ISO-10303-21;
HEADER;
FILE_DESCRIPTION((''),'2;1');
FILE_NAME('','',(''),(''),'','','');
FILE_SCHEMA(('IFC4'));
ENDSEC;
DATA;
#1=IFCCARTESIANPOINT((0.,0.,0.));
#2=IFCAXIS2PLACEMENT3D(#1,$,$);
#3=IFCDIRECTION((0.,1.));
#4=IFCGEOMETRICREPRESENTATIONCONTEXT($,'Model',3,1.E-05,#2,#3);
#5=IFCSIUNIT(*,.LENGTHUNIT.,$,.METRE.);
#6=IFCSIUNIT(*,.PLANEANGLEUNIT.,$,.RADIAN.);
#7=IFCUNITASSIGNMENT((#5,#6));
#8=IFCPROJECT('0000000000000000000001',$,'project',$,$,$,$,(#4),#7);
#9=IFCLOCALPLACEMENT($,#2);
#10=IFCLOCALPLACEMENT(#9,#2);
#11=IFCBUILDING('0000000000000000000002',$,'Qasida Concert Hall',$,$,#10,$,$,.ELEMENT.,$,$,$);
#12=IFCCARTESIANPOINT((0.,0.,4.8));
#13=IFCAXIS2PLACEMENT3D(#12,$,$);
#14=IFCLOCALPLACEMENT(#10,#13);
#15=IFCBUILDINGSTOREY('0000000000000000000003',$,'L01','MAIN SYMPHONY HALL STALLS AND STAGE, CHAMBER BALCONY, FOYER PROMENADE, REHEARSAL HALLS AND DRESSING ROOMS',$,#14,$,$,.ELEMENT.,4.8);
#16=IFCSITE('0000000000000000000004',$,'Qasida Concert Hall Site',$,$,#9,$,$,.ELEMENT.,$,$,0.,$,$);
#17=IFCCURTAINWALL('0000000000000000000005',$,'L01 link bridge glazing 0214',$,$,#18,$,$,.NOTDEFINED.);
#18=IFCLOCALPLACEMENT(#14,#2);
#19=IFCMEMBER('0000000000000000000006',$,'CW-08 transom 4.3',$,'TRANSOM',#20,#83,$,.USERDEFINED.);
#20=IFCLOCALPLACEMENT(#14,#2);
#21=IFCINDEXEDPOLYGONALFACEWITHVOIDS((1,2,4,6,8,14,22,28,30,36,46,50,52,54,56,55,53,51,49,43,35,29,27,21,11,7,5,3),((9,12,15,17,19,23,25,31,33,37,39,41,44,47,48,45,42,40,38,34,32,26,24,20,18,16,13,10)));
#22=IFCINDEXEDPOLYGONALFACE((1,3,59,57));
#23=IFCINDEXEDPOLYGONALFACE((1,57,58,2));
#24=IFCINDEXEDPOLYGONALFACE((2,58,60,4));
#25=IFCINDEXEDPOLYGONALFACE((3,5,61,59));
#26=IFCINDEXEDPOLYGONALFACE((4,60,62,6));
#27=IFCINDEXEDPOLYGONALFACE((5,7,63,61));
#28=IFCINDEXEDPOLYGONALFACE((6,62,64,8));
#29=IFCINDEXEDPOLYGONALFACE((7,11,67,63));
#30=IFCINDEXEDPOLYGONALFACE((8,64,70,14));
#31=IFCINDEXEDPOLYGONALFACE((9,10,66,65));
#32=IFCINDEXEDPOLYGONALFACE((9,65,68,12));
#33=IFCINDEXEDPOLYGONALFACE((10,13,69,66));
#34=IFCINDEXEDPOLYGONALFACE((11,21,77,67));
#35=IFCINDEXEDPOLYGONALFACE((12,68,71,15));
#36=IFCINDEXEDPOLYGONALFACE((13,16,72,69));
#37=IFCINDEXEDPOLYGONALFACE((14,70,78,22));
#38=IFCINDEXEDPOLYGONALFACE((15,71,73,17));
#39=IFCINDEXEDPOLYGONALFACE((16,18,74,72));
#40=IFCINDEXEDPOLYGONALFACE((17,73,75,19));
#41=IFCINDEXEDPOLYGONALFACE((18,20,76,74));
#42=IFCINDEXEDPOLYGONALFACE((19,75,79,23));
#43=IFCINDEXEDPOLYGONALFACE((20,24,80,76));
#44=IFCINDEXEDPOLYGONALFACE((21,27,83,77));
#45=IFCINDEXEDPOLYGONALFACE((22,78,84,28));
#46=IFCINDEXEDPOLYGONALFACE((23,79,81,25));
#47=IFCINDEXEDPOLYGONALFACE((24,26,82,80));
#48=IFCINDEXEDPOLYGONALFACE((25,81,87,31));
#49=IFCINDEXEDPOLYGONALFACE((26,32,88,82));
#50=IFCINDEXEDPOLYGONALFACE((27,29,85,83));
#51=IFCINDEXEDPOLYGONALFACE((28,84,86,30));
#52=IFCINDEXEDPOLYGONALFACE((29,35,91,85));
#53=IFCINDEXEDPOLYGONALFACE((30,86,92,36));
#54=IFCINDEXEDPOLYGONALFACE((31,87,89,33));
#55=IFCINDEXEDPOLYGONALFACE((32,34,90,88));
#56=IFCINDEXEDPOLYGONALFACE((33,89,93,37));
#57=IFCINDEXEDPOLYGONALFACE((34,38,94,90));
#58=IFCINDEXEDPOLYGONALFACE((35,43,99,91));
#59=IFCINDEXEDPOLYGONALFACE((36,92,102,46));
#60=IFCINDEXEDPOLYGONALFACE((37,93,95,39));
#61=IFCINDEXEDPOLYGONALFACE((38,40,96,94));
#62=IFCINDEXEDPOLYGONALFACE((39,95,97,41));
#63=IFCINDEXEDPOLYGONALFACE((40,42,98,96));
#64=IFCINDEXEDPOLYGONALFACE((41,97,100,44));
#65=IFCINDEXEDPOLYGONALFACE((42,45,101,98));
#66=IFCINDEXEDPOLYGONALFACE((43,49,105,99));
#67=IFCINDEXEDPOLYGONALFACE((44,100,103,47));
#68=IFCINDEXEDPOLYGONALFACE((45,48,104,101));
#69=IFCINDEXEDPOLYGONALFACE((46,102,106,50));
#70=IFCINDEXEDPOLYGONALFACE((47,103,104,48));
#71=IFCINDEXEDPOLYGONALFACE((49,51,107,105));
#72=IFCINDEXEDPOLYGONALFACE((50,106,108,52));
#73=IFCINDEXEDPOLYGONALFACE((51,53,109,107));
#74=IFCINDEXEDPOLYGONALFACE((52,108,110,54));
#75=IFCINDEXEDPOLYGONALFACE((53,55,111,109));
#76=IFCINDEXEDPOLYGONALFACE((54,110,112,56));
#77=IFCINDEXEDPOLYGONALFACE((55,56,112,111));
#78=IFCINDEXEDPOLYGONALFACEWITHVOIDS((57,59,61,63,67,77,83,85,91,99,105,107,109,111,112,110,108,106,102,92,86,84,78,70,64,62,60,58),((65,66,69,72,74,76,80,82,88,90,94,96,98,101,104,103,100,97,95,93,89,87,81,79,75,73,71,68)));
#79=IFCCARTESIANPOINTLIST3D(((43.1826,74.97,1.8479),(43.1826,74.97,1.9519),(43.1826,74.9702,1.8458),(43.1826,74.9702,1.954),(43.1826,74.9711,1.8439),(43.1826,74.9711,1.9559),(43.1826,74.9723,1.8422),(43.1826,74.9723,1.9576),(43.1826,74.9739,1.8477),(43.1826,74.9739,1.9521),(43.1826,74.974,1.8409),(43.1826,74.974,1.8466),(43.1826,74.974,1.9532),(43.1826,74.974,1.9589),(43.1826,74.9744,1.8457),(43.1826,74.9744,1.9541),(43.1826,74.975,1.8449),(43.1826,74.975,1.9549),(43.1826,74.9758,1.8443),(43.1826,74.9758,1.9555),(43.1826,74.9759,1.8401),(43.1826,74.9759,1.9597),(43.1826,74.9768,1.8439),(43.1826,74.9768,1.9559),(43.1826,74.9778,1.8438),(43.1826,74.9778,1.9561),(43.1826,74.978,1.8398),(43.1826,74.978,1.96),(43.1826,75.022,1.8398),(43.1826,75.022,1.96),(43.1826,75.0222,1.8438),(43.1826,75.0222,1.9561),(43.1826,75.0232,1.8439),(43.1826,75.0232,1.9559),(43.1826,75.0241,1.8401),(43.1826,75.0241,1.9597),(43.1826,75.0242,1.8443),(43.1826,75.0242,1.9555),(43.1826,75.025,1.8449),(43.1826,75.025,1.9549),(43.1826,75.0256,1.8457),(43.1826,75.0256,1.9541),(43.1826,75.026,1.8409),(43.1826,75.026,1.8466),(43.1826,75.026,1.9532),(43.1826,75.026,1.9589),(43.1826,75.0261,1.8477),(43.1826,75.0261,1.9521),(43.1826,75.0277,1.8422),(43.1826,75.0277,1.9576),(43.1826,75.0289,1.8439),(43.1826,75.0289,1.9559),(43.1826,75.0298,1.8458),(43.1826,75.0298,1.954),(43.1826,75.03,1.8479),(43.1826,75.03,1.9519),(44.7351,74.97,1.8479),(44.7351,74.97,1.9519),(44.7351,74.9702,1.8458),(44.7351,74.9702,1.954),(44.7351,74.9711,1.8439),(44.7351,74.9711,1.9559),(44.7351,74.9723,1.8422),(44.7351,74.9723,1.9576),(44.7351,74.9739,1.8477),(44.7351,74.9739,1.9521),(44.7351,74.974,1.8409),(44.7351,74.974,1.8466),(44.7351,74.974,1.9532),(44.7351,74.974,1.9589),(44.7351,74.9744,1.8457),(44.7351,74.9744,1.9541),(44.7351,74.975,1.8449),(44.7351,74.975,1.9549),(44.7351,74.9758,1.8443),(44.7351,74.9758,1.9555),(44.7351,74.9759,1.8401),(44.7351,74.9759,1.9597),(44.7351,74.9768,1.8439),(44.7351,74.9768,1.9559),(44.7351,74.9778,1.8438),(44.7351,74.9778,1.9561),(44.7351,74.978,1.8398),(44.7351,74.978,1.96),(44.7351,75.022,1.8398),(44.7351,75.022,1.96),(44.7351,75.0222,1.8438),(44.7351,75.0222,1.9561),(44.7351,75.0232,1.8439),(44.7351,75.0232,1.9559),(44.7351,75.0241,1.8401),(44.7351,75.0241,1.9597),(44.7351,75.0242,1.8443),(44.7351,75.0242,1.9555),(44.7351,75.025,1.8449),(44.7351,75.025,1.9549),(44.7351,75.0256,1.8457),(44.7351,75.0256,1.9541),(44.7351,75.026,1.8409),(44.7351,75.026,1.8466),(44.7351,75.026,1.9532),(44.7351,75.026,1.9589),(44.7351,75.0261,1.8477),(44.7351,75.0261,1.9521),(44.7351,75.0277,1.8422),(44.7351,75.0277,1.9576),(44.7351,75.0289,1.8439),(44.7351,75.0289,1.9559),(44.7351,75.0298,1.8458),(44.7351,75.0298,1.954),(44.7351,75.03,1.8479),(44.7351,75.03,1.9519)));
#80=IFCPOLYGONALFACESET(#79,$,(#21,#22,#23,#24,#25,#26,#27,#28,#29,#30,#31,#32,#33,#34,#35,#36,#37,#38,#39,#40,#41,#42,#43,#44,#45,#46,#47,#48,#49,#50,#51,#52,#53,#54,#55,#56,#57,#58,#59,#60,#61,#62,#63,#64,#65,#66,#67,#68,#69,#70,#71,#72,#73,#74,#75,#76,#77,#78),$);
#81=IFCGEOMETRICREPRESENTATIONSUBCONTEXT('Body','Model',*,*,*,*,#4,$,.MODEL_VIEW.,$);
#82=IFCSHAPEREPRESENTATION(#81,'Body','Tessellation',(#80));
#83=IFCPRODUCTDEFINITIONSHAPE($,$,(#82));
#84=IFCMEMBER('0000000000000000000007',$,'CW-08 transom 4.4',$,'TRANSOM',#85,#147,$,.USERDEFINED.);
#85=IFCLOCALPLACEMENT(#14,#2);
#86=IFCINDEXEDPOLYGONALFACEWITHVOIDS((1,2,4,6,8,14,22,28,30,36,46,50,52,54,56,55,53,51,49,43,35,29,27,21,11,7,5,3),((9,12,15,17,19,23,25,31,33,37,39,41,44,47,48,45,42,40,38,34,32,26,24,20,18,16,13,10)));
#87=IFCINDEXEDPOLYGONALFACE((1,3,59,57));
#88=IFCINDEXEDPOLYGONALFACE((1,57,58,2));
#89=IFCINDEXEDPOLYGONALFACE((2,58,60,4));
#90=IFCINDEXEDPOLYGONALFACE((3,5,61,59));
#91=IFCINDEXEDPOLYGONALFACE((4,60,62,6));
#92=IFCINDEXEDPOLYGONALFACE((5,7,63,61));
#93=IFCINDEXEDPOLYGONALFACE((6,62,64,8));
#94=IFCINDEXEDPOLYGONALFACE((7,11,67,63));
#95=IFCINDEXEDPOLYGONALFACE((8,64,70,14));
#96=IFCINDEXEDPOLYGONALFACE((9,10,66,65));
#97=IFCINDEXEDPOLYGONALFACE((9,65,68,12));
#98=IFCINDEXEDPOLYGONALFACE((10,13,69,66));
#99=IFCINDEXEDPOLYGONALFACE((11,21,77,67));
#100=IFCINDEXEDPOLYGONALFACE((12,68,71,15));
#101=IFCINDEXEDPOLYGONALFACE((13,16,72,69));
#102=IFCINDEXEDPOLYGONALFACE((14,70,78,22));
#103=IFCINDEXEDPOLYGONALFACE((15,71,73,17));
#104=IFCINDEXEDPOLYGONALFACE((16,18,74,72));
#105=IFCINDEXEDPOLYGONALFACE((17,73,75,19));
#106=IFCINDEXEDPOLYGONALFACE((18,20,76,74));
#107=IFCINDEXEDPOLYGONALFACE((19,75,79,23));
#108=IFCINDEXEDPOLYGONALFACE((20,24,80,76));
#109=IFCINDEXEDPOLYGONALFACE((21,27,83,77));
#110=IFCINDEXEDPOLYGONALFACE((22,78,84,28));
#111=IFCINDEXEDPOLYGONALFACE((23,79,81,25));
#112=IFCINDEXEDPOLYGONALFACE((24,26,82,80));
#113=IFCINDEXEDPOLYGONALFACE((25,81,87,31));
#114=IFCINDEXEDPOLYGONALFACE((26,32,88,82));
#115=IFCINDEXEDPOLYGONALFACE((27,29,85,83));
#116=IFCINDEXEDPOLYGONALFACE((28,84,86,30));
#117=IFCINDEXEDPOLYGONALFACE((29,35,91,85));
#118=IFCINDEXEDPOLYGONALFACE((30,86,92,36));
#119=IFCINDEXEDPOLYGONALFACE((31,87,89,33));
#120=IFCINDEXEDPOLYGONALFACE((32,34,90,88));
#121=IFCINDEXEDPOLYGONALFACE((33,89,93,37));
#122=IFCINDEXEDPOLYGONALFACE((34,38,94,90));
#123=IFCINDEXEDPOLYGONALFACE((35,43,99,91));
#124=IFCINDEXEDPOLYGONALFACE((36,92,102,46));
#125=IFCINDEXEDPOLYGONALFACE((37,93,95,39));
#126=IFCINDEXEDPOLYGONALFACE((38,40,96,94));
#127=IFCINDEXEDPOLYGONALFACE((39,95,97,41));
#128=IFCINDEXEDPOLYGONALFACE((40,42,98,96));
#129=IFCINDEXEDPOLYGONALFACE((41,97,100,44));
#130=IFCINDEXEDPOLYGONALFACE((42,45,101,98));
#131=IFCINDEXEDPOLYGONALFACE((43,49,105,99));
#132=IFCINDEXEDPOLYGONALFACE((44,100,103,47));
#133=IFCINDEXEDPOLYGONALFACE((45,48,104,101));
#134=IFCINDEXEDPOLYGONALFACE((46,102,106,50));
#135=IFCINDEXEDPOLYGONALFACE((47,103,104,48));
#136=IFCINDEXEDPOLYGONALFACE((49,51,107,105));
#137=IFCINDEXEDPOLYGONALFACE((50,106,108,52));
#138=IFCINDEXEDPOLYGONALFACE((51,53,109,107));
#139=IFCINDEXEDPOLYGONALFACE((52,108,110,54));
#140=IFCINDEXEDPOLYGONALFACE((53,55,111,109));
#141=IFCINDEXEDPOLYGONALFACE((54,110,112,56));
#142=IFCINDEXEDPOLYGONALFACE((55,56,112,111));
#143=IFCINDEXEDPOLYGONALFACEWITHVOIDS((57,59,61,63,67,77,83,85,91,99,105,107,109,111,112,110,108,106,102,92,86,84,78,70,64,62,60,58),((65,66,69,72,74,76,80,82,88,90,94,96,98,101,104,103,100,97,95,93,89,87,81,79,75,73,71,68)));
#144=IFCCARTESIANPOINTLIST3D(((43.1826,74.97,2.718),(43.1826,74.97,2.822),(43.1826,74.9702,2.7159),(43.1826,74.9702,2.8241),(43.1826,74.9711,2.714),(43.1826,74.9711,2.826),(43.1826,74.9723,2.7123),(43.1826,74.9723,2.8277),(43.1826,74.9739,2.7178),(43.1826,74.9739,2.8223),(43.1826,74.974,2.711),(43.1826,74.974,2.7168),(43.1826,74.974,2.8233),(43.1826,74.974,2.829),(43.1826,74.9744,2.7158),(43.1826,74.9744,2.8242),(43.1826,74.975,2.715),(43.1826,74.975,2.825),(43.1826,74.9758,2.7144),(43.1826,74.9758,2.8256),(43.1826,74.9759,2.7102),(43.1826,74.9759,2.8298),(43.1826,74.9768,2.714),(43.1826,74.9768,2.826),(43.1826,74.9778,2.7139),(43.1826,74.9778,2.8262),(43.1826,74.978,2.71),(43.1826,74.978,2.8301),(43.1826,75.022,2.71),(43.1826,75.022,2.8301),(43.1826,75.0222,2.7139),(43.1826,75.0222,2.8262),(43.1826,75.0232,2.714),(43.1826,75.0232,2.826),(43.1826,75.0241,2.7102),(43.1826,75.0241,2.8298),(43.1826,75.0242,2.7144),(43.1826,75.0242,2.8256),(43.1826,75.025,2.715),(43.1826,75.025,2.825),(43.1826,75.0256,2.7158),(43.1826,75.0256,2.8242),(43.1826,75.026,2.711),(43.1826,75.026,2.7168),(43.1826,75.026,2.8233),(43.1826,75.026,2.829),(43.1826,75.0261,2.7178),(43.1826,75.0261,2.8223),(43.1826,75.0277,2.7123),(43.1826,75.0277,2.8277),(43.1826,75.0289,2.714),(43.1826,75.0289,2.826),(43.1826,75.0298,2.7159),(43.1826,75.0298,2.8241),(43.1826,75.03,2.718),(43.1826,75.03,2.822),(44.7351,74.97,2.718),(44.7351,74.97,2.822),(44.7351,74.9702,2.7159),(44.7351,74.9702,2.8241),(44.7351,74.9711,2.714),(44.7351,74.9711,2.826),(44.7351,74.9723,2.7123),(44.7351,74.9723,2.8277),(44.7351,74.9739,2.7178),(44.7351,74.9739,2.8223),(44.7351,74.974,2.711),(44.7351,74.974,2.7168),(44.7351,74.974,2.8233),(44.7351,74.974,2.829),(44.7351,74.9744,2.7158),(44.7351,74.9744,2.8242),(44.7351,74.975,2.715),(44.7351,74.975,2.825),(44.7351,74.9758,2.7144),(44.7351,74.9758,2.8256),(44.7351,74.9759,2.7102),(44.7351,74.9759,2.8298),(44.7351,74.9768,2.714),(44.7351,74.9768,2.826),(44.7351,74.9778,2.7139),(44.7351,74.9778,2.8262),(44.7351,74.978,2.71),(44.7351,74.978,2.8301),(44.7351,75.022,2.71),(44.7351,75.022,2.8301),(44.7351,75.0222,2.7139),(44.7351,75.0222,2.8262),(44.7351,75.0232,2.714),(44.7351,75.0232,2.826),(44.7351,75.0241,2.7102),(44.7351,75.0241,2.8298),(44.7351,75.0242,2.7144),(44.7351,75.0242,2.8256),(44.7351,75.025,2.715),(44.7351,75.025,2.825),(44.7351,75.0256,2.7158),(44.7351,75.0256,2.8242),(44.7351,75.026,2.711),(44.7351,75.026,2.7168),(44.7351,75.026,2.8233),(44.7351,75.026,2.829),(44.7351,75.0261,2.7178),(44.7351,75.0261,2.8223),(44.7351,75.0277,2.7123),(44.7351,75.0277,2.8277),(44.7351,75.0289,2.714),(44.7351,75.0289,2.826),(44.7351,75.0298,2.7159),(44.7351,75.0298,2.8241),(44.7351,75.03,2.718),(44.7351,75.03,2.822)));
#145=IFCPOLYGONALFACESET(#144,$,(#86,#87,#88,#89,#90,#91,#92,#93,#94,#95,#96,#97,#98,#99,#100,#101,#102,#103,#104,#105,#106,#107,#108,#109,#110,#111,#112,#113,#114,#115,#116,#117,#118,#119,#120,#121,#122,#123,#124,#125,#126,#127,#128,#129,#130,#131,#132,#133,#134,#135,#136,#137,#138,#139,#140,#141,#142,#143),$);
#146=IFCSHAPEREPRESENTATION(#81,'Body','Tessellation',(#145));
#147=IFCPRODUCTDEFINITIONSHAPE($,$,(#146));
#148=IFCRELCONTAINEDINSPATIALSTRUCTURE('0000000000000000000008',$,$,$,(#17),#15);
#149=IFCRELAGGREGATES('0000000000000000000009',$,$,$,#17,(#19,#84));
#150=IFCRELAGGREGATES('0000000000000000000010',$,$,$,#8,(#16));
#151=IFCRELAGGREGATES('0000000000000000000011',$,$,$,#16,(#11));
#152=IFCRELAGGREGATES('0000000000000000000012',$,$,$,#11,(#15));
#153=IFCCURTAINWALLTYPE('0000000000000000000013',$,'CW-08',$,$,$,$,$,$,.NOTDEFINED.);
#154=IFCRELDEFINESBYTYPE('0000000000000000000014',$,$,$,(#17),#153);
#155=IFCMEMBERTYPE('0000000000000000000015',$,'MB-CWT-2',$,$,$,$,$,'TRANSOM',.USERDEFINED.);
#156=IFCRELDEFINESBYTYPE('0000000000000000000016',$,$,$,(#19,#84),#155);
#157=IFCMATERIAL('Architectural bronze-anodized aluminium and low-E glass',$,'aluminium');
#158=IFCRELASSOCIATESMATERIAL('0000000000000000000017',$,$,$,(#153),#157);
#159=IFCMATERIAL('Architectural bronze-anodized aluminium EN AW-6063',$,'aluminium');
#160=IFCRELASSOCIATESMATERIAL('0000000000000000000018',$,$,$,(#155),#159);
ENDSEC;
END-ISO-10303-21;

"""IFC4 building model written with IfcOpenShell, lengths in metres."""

from ifc_helpers import new_model, si_unit, direction, frame, origin, origin_2d, place, context, subcontext, project, spatial, hollow_rectangle, extrude, material, material_profile, profile_set, type_object, element, aggregate, save


model = new_model("IFC4")

# Units and contexts
model_context = context("Model", 3, precision=1e-05, world=origin(), true_north=direction((0.0, 1.0)))
body_context = subcontext(model_context, "Body", "Model", "MODEL_VIEW")
ifc_project = project(units=[si_unit("LENGTHUNIT", "METRE"), si_unit("PLANEANGLEUNIT", "RADIAN")], contexts=[model_context])

# Site, building, storey
site_placement = place(None, origin())
site = spatial("IfcSite", under=ifc_project, at=site_placement, Name="Qasida Concert Hall Site", CompositionType="ELEMENT", RefElevation=0.0)
building_placement = place(site_placement, origin())
building = spatial("IfcBuilding", under=site, at=building_placement, Name="Qasida Concert Hall", CompositionType="ELEMENT")
storey_placement = place(building_placement, frame((0.0, 0.0, 4.8)))
storey = spatial("IfcBuildingStorey", under=building, at=storey_placement, Name="L01", Description="MAIN SYMPHONY HALL STALLS AND STAGE, CHAMBER BALCONY, FOYER PROMENADE, REHEARSAL HALLS AND DRESSING ROOMS", CompositionType="ELEMENT", Elevation=4.8)

# Curtain wall
ifc_material_1 = material(Name="Architectural bronze-anodized aluminium and low-E glass", Category="aluminium")
curtain_wall_type = type_object("IfcCurtainWallType", Name="CW-08", PredefinedType="NOTDEFINED", material=ifc_material_1)
curtain_wall_1_placement = place(storey_placement, origin())
curtain_wall_1 = element("IfcCurtainWall", 1, at=curtain_wall_1_placement, inside=storey, type_object=curtain_wall_type, Name="L01 link bridge glazing 0214", PredefinedType="NOTDEFINED")
ifc_material_2 = material(Name="Architectural bronze-anodized aluminium EN AW-6063", Category="aluminium")

# Members
ifc_material_profile_1 = material_profile(ifc_material_2, hollow_rectangle(XDim=0.0601, YDim=0.1201, WallThickness=0.0039, InnerFilletRadius=0.0039, OuterFilletRadius=0.0081, at=origin_2d()), Name="CWT 120x60x4")
ifc_profile_set_1 = profile_set([ifc_material_profile_1], Name="Architectural bronze-anodized aluminium EN AW-6063")
member_type_1 = type_object("IfcMemberType", Name="MB-CWT-2", ElementType="TRANSOM", PredefinedType="USERDEFINED", material=ifc_profile_set_1)
member_1_placement = place(storey_placement, frame((43.1826, 75.0, 1.8999), z_axis=(1.0, 0.0, 0.0), x_axis=(0.0, 1.0, 0.0)))
member_1 = element("IfcMember", 2, at=member_1_placement, type_object=member_type_1, Name="CW-08 transom 4.3", ObjectType="TRANSOM", PredefinedType="USERDEFINED", context=body_context, shape_type="SweptSolid", body=[
    extrude(hollow_rectangle(XDim=0.0601, YDim=0.1201, WallThickness=0.0039, InnerFilletRadius=0.0039, OuterFilletRadius=0.0081, at=origin_2d()), origin(), (0.0, 0.0, 1.0), 1.5525),
])
member_2_placement = place(storey_placement, frame((43.1826, 75.0, 2.77), z_axis=(1.0, 0.0, 0.0), x_axis=(0.0, 1.0, 0.0)))
member_2 = element("IfcMember", 3, at=member_2_placement, type_object=member_type_1, Name="CW-08 transom 4.4", ObjectType="TRANSOM", PredefinedType="USERDEFINED", context=body_context, shape_type="SweptSolid", body=[
    extrude(hollow_rectangle(XDim=0.0601, YDim=0.1201, WallThickness=0.0039, InnerFilletRadius=0.0039, OuterFilletRadius=0.0081, at=origin_2d()), origin(), (0.0, 0.0, 1.0), 1.5525),
])

aggregate(curtain_wall_1, [member_1, member_2])

save(model, "model.ifc")
